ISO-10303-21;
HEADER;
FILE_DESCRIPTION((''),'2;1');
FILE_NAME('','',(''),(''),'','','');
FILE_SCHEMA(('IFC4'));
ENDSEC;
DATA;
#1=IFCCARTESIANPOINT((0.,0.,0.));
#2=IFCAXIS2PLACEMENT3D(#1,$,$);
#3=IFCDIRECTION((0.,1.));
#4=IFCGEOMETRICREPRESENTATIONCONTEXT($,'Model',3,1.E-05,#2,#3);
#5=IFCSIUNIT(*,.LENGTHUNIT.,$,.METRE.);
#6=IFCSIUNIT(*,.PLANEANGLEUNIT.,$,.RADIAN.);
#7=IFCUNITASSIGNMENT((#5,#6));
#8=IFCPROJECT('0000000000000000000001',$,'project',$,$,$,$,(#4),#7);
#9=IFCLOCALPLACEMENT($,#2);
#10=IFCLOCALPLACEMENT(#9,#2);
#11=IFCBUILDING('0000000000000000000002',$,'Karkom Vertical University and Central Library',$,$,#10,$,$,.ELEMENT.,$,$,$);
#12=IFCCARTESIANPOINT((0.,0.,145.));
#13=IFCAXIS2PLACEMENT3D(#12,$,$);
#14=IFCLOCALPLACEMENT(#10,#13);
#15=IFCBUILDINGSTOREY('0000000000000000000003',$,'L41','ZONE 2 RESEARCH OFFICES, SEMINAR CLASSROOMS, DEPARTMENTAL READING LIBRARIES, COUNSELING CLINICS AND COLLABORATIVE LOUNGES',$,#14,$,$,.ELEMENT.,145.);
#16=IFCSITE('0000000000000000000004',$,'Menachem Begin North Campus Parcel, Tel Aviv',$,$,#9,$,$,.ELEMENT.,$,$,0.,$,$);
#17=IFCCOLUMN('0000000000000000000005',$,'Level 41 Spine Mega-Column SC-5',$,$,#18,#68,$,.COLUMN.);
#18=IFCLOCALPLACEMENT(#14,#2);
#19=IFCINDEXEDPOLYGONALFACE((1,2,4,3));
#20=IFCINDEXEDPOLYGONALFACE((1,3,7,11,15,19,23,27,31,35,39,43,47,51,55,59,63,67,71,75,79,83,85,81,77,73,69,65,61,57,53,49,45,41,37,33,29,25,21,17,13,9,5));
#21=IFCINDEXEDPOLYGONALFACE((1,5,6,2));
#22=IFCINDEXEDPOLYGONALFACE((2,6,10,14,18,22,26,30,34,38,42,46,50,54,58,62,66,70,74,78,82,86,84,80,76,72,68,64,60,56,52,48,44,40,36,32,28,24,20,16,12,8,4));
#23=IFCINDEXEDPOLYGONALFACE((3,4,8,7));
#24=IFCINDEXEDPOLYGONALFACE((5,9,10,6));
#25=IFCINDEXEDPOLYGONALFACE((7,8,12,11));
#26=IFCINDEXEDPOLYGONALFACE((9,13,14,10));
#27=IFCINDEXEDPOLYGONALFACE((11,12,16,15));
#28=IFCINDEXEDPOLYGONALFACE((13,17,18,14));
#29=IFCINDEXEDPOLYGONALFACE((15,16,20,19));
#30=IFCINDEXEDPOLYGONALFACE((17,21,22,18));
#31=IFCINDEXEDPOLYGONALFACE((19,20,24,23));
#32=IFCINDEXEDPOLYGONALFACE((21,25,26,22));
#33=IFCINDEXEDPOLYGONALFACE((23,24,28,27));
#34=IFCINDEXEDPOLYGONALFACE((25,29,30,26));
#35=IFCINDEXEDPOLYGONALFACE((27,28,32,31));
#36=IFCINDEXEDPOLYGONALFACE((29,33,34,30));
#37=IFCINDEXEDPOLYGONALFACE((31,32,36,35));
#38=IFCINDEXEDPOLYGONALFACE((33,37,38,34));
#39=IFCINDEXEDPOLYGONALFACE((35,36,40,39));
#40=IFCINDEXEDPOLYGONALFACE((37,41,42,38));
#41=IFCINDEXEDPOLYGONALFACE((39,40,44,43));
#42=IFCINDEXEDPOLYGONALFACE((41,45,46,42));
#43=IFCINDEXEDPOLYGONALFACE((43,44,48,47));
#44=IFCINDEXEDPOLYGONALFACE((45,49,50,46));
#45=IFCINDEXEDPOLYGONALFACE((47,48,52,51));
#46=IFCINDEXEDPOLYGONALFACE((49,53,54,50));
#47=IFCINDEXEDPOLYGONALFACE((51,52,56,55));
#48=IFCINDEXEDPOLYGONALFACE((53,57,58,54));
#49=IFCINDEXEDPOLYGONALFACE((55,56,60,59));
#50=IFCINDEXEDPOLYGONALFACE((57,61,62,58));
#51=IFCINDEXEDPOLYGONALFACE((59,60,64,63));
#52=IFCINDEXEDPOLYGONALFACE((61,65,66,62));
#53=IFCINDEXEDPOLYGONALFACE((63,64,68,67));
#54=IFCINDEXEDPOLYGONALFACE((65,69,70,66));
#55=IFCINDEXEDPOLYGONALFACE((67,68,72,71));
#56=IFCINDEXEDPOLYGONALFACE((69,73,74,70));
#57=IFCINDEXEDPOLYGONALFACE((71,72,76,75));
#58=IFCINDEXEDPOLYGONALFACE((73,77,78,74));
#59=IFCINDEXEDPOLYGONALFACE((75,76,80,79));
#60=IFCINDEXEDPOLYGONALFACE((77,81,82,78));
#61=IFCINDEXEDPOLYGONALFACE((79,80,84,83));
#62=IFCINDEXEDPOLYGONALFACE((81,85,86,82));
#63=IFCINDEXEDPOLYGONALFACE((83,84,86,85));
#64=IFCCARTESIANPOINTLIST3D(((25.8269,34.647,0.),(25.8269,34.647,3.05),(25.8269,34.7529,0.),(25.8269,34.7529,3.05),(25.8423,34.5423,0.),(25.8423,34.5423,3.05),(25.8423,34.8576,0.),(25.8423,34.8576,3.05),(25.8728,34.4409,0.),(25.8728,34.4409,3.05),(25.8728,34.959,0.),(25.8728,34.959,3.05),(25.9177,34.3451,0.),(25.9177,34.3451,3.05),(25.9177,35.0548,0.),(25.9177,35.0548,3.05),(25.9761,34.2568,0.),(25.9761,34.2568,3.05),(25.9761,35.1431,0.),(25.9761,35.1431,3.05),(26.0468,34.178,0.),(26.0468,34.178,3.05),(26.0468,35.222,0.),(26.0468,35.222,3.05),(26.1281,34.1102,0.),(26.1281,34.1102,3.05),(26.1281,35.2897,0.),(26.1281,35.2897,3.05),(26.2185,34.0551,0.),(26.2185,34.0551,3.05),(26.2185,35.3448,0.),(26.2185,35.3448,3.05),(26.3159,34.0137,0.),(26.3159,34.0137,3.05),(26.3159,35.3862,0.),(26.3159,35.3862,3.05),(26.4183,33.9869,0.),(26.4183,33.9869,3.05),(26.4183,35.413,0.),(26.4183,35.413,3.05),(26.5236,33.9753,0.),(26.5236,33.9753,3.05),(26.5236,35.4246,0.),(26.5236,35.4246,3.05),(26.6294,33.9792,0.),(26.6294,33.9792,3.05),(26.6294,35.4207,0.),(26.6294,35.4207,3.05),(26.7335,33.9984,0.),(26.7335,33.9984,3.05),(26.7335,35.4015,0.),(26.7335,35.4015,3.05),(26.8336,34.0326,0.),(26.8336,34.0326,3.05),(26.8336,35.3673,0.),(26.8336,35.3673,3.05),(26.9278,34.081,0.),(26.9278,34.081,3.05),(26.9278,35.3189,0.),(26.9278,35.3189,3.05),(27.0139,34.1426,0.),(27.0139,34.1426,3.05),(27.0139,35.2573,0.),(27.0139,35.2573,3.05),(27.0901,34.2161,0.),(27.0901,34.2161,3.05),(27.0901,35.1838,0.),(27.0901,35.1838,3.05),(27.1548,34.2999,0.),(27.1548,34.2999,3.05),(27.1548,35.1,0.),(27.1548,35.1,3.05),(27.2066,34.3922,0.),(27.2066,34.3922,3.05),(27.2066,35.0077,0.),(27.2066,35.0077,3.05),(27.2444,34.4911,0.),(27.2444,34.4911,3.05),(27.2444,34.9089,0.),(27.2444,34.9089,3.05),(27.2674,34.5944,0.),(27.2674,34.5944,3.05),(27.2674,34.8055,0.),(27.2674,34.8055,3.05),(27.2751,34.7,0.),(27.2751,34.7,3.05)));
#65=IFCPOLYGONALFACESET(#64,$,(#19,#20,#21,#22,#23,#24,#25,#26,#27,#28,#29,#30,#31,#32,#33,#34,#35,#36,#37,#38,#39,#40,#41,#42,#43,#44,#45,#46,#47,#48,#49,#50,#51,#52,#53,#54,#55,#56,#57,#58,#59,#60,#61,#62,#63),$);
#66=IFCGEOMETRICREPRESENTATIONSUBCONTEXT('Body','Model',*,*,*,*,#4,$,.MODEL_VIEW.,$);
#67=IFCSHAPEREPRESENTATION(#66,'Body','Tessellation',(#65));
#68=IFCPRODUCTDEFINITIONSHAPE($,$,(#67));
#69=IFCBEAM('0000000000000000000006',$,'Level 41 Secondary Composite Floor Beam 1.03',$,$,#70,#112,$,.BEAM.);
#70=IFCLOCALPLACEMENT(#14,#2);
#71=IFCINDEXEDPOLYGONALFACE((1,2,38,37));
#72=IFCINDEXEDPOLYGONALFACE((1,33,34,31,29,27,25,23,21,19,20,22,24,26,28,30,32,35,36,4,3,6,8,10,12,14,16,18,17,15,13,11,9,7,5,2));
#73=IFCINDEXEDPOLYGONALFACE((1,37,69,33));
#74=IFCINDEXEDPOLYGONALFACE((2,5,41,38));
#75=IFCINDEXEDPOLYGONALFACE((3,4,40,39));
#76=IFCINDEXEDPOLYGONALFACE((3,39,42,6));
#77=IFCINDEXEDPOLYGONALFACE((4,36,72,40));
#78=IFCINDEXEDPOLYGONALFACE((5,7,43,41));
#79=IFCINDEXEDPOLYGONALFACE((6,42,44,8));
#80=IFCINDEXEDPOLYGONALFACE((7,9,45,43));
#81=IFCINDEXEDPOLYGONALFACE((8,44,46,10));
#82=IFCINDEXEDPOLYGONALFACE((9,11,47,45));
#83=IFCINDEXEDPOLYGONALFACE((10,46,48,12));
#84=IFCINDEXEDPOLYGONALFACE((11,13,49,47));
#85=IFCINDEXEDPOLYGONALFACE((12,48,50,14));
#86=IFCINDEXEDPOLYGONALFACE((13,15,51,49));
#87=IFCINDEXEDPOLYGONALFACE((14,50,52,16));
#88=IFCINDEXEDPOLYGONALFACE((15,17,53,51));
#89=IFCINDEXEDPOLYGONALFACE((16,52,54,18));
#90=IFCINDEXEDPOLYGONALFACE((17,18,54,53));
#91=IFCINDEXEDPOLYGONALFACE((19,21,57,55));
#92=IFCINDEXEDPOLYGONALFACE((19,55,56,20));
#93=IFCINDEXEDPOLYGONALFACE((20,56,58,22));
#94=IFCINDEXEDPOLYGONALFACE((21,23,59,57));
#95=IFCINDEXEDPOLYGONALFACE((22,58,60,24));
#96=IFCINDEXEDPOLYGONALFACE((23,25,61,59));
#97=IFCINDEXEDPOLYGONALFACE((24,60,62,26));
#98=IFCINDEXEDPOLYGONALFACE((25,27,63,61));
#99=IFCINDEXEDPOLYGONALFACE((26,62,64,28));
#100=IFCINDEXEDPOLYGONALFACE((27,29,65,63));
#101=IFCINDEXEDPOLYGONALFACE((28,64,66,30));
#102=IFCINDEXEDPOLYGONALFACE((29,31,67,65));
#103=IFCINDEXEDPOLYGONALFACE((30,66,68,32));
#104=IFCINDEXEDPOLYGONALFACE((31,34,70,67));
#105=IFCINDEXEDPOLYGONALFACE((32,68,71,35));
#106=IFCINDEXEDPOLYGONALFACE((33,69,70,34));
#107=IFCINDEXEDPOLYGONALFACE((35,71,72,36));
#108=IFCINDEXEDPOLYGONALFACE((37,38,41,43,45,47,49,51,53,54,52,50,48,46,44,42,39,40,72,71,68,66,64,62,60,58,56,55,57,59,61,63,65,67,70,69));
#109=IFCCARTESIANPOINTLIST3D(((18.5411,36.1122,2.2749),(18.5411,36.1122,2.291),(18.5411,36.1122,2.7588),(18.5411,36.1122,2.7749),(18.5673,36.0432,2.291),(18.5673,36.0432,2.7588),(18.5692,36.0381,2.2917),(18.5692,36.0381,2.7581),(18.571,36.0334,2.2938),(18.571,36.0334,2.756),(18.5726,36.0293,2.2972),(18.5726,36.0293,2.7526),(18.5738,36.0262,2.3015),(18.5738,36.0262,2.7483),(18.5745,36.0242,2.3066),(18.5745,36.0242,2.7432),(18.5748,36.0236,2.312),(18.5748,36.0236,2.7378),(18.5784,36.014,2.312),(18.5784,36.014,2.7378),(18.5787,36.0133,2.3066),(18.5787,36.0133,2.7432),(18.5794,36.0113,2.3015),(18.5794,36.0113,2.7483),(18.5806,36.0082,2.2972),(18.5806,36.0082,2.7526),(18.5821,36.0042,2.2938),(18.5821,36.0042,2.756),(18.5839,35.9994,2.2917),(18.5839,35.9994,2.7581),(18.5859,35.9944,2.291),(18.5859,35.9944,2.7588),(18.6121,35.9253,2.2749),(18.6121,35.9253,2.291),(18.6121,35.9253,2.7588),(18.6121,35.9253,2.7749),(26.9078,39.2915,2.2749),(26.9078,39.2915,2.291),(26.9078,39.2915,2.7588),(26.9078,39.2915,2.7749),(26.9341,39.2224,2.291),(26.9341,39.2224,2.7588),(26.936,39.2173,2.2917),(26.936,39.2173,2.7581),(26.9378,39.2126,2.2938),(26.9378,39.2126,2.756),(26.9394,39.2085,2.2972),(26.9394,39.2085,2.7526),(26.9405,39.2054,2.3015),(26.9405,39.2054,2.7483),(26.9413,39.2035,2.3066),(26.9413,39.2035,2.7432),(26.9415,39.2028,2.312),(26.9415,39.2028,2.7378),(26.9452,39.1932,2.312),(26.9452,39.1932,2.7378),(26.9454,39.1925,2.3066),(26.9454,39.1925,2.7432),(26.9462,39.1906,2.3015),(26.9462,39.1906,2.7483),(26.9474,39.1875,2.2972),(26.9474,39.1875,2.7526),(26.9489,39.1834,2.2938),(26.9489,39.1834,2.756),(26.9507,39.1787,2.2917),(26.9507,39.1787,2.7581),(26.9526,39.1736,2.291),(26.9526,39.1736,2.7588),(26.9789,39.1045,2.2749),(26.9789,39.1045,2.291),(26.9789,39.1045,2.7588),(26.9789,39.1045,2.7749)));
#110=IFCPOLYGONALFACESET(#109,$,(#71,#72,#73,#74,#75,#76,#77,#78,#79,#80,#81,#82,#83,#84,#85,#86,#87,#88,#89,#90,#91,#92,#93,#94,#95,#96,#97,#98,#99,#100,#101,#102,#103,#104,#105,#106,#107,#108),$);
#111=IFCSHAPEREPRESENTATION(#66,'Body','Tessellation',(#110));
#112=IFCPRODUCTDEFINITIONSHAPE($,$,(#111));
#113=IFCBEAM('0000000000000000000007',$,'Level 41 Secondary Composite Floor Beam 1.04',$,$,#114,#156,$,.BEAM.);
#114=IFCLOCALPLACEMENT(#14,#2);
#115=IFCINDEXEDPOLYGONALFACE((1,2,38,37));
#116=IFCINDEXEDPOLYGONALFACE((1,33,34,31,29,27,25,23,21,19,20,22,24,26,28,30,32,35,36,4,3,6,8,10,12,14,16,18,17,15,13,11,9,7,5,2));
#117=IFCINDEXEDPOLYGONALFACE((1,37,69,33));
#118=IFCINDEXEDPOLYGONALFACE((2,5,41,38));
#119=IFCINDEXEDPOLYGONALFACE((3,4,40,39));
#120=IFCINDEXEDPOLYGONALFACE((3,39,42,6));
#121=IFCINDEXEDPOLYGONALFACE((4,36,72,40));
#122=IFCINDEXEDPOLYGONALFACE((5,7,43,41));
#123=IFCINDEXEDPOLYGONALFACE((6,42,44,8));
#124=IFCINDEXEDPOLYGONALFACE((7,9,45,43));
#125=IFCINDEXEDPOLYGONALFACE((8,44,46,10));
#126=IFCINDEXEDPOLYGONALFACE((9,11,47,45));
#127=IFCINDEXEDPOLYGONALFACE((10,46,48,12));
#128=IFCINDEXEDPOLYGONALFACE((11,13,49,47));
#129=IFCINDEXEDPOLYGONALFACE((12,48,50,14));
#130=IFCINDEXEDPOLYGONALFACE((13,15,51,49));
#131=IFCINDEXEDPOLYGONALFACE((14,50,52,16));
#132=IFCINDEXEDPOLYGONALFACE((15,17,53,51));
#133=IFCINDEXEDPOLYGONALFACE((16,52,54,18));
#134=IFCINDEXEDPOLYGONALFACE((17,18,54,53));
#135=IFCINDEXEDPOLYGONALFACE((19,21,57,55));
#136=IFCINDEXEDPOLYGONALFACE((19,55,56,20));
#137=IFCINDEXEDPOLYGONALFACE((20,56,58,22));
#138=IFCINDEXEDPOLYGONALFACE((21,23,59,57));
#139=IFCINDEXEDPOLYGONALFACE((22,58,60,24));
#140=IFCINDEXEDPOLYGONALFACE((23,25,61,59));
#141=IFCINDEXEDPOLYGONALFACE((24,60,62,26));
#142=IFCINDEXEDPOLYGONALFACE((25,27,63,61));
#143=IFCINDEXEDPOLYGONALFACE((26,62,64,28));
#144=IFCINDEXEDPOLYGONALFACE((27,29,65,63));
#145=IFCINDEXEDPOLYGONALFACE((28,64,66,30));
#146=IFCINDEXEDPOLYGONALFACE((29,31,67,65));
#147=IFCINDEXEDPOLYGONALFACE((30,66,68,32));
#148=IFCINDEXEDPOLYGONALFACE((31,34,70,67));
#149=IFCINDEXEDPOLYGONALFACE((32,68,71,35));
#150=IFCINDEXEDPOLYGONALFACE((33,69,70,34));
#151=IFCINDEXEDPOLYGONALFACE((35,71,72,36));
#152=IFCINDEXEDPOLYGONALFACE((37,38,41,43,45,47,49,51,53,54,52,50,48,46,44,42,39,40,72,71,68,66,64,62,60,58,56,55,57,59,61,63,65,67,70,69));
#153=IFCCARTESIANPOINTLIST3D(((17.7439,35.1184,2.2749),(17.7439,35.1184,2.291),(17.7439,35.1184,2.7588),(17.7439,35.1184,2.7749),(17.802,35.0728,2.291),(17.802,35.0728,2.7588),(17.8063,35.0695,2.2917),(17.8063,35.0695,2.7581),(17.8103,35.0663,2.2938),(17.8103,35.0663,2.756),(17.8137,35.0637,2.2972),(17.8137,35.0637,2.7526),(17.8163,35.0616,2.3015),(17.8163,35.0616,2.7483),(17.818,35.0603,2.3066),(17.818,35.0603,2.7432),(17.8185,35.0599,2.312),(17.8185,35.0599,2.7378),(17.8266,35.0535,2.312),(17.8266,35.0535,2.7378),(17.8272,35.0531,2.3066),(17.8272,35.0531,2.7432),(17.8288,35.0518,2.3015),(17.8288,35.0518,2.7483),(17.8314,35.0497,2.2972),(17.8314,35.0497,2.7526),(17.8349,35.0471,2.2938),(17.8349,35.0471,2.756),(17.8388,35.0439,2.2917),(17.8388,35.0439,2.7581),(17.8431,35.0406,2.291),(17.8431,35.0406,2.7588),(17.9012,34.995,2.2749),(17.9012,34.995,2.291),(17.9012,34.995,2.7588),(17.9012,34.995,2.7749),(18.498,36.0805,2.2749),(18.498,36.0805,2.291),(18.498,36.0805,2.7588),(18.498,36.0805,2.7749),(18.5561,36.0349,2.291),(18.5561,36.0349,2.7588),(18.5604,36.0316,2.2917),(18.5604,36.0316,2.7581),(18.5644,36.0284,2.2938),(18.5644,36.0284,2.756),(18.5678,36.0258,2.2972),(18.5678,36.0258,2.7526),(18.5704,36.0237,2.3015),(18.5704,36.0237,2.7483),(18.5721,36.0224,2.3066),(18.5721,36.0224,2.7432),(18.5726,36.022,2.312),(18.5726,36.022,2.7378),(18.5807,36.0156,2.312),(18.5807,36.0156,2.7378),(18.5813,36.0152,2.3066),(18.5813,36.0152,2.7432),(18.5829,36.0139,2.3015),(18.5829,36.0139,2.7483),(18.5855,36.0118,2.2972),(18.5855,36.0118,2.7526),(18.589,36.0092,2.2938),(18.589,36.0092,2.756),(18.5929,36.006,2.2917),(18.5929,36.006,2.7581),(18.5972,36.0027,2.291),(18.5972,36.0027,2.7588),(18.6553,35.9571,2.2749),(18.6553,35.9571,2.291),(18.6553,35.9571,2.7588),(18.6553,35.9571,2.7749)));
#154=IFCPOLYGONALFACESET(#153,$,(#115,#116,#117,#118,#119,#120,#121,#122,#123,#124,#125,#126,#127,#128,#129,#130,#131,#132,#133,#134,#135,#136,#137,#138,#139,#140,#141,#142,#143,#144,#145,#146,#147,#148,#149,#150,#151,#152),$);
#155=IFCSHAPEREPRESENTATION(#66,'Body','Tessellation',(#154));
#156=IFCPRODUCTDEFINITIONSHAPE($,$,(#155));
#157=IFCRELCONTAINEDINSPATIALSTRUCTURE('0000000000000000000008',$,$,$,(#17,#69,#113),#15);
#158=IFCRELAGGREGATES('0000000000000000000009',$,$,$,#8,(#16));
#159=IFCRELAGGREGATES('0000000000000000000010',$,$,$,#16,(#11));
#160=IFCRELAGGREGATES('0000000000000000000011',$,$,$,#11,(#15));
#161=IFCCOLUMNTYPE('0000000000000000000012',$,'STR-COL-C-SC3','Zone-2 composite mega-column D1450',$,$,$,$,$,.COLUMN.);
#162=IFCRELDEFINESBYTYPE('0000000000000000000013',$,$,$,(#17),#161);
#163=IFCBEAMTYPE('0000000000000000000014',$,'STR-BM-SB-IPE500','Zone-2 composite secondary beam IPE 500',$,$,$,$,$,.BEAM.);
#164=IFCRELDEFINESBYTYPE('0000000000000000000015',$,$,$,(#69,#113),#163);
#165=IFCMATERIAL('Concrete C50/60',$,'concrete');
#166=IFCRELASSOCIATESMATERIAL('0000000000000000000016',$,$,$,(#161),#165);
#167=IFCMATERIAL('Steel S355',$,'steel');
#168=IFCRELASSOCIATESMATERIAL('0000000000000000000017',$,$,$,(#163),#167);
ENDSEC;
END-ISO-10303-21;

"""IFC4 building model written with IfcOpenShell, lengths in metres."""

from ifc_helpers import new_model, si_unit, direction, frame, origin, origin_with_axes, origin_2d, place, context, subcontext, project, spatial, circle, i_section, extrude, source, transform, mapped, material, material_profile, profile_set, type_object, element, save


model = new_model("IFC4")

# Units and contexts
model_context = context("Model", 3, precision=1e-05, world=origin(), true_north=direction((0.0, 1.0)))
body_context = subcontext(model_context, "Body", "Model", "MODEL_VIEW")
ifc_project = project(units=[si_unit("LENGTHUNIT", "METRE"), si_unit("PLANEANGLEUNIT", "RADIAN")], contexts=[model_context])

# Site, building, storey
site_placement = place(None, origin())
site = spatial("IfcSite", under=ifc_project, at=site_placement, Name="Menachem Begin North Campus Parcel, Tel Aviv", CompositionType="ELEMENT", RefElevation=0.0)
building_placement = place(site_placement, origin())
building = spatial("IfcBuilding", under=site, at=building_placement, Name="Karkom Vertical University and Central Library", CompositionType="ELEMENT")
storey_placement = place(building_placement, frame((0.0, 0.0, 145.0)))
storey = spatial("IfcBuildingStorey", under=building, at=storey_placement, Name="L41", Description="ZONE 2 RESEARCH OFFICES, SEMINAR CLASSROOMS, DEPARTMENTAL READING LIBRARIES, COUNSELING CLINICS AND COLLABORATIVE LOUNGES", CompositionType="ELEMENT", Elevation=145.0)

# Column
ifc_material_1 = material(Name="Concrete C50/60", Category="concrete")
ifc_material_profile_1 = material_profile(ifc_material_1, circle(Radius=0.7251, at=origin_2d()), Name="CFT-D1450")
ifc_profile_set_1 = profile_set([ifc_material_profile_1], Name="Concrete C50/60")
column_type = type_object("IfcColumnType", Name="STR-COL-C-SC3", Description="Zone-2 composite mega-column D1450", PredefinedType="COLUMN", material=ifc_profile_set_1)
shared_shape_1 = source(origin_with_axes(), body_context, "Body", "SweptSolid", [
    extrude(circle(Radius=0.7251, at=origin_2d()), origin(), (0.0, 0.0, 1.0), 3.05),
])
column_placement = place(storey_placement, frame((26.55, 34.7, 0.0), z_axis=(0.0, 0.0, 1.0), x_axis=(1.0, 0.0, 0.0)))
element("IfcColumn", 1, at=column_placement, inside=storey, type_object=column_type, Name="Level 41 Spine Mega-Column SC-5", PredefinedType="COLUMN", context=body_context, shape_type="MappedRepresentation", body=[
    mapped(shared_shape_1, transform((0.0, 0.0, 0.0), scale=1.0)),
])

# Beams
ifc_material_2 = material(Name="Steel S355", Category="steel")
ifc_material_profile_2 = material_profile(ifc_material_2, i_section(OverallWidth=0.2, OverallDepth=0.5, WebThickness=0.0103, FlangeThickness=0.0161, FilletRadius=0.021, at=origin_2d()), Name="IPE 500")
ifc_profile_set_2 = profile_set([ifc_material_profile_2], Name="Steel S355")
beam_type_1 = type_object("IfcBeamType", Name="STR-BM-SB-IPE500", Description="Zone-2 composite secondary beam IPE 500", PredefinedType="BEAM", material=ifc_profile_set_2)
shared_shape_2 = source(origin_with_axes(), body_context, "Body", "SweptSolid", [
    extrude(i_section(OverallWidth=0.2, OverallDepth=0.5, WebThickness=0.0103, FlangeThickness=0.0161, FilletRadius=0.021, at=origin_2d()), origin(), (0.0, 0.0, 1.0), 8.9504),
])
beam_1_placement = place(storey_placement, frame((26.9434, 39.198, 2.5249), z_axis=(-0.934789, -0.355203, 0.0), x_axis=(0.355203, -0.934789, 0.0)))
element("IfcBeam", 2, at=beam_1_placement, inside=storey, type_object=beam_type_1, Name="Level 41 Secondary Composite Floor Beam 1.03", PredefinedType="BEAM", context=body_context, shape_type="MappedRepresentation", body=[
    mapped(shared_shape_2, transform((0.0, 0.0, 0.0), scale=1.0)),
])
shared_shape_3 = source(origin_with_axes(), body_context, "Body", "SweptSolid", [
    extrude(i_section(OverallWidth=0.2, OverallDepth=0.5, WebThickness=0.0103, FlangeThickness=0.0161, FilletRadius=0.021, at=origin_2d()), origin(), (0.0, 0.0, 1.0), 1.2224),
])
beam_2_placement = place(storey_placement, frame((18.5767, 36.0188, 2.5249), z_axis=(-0.616895, -0.787045, 0.0), x_axis=(0.787045, -0.616895, 0.0)))
element("IfcBeam", 3, at=beam_2_placement, inside=storey, type_object=beam_type_1, Name="Level 41 Secondary Composite Floor Beam 1.04", PredefinedType="BEAM", context=body_context, shape_type="MappedRepresentation", body=[
    mapped(shared_shape_3, transform((0.0, 0.0, 0.0), scale=1.0)),
])

save(model, "model.ifc")
